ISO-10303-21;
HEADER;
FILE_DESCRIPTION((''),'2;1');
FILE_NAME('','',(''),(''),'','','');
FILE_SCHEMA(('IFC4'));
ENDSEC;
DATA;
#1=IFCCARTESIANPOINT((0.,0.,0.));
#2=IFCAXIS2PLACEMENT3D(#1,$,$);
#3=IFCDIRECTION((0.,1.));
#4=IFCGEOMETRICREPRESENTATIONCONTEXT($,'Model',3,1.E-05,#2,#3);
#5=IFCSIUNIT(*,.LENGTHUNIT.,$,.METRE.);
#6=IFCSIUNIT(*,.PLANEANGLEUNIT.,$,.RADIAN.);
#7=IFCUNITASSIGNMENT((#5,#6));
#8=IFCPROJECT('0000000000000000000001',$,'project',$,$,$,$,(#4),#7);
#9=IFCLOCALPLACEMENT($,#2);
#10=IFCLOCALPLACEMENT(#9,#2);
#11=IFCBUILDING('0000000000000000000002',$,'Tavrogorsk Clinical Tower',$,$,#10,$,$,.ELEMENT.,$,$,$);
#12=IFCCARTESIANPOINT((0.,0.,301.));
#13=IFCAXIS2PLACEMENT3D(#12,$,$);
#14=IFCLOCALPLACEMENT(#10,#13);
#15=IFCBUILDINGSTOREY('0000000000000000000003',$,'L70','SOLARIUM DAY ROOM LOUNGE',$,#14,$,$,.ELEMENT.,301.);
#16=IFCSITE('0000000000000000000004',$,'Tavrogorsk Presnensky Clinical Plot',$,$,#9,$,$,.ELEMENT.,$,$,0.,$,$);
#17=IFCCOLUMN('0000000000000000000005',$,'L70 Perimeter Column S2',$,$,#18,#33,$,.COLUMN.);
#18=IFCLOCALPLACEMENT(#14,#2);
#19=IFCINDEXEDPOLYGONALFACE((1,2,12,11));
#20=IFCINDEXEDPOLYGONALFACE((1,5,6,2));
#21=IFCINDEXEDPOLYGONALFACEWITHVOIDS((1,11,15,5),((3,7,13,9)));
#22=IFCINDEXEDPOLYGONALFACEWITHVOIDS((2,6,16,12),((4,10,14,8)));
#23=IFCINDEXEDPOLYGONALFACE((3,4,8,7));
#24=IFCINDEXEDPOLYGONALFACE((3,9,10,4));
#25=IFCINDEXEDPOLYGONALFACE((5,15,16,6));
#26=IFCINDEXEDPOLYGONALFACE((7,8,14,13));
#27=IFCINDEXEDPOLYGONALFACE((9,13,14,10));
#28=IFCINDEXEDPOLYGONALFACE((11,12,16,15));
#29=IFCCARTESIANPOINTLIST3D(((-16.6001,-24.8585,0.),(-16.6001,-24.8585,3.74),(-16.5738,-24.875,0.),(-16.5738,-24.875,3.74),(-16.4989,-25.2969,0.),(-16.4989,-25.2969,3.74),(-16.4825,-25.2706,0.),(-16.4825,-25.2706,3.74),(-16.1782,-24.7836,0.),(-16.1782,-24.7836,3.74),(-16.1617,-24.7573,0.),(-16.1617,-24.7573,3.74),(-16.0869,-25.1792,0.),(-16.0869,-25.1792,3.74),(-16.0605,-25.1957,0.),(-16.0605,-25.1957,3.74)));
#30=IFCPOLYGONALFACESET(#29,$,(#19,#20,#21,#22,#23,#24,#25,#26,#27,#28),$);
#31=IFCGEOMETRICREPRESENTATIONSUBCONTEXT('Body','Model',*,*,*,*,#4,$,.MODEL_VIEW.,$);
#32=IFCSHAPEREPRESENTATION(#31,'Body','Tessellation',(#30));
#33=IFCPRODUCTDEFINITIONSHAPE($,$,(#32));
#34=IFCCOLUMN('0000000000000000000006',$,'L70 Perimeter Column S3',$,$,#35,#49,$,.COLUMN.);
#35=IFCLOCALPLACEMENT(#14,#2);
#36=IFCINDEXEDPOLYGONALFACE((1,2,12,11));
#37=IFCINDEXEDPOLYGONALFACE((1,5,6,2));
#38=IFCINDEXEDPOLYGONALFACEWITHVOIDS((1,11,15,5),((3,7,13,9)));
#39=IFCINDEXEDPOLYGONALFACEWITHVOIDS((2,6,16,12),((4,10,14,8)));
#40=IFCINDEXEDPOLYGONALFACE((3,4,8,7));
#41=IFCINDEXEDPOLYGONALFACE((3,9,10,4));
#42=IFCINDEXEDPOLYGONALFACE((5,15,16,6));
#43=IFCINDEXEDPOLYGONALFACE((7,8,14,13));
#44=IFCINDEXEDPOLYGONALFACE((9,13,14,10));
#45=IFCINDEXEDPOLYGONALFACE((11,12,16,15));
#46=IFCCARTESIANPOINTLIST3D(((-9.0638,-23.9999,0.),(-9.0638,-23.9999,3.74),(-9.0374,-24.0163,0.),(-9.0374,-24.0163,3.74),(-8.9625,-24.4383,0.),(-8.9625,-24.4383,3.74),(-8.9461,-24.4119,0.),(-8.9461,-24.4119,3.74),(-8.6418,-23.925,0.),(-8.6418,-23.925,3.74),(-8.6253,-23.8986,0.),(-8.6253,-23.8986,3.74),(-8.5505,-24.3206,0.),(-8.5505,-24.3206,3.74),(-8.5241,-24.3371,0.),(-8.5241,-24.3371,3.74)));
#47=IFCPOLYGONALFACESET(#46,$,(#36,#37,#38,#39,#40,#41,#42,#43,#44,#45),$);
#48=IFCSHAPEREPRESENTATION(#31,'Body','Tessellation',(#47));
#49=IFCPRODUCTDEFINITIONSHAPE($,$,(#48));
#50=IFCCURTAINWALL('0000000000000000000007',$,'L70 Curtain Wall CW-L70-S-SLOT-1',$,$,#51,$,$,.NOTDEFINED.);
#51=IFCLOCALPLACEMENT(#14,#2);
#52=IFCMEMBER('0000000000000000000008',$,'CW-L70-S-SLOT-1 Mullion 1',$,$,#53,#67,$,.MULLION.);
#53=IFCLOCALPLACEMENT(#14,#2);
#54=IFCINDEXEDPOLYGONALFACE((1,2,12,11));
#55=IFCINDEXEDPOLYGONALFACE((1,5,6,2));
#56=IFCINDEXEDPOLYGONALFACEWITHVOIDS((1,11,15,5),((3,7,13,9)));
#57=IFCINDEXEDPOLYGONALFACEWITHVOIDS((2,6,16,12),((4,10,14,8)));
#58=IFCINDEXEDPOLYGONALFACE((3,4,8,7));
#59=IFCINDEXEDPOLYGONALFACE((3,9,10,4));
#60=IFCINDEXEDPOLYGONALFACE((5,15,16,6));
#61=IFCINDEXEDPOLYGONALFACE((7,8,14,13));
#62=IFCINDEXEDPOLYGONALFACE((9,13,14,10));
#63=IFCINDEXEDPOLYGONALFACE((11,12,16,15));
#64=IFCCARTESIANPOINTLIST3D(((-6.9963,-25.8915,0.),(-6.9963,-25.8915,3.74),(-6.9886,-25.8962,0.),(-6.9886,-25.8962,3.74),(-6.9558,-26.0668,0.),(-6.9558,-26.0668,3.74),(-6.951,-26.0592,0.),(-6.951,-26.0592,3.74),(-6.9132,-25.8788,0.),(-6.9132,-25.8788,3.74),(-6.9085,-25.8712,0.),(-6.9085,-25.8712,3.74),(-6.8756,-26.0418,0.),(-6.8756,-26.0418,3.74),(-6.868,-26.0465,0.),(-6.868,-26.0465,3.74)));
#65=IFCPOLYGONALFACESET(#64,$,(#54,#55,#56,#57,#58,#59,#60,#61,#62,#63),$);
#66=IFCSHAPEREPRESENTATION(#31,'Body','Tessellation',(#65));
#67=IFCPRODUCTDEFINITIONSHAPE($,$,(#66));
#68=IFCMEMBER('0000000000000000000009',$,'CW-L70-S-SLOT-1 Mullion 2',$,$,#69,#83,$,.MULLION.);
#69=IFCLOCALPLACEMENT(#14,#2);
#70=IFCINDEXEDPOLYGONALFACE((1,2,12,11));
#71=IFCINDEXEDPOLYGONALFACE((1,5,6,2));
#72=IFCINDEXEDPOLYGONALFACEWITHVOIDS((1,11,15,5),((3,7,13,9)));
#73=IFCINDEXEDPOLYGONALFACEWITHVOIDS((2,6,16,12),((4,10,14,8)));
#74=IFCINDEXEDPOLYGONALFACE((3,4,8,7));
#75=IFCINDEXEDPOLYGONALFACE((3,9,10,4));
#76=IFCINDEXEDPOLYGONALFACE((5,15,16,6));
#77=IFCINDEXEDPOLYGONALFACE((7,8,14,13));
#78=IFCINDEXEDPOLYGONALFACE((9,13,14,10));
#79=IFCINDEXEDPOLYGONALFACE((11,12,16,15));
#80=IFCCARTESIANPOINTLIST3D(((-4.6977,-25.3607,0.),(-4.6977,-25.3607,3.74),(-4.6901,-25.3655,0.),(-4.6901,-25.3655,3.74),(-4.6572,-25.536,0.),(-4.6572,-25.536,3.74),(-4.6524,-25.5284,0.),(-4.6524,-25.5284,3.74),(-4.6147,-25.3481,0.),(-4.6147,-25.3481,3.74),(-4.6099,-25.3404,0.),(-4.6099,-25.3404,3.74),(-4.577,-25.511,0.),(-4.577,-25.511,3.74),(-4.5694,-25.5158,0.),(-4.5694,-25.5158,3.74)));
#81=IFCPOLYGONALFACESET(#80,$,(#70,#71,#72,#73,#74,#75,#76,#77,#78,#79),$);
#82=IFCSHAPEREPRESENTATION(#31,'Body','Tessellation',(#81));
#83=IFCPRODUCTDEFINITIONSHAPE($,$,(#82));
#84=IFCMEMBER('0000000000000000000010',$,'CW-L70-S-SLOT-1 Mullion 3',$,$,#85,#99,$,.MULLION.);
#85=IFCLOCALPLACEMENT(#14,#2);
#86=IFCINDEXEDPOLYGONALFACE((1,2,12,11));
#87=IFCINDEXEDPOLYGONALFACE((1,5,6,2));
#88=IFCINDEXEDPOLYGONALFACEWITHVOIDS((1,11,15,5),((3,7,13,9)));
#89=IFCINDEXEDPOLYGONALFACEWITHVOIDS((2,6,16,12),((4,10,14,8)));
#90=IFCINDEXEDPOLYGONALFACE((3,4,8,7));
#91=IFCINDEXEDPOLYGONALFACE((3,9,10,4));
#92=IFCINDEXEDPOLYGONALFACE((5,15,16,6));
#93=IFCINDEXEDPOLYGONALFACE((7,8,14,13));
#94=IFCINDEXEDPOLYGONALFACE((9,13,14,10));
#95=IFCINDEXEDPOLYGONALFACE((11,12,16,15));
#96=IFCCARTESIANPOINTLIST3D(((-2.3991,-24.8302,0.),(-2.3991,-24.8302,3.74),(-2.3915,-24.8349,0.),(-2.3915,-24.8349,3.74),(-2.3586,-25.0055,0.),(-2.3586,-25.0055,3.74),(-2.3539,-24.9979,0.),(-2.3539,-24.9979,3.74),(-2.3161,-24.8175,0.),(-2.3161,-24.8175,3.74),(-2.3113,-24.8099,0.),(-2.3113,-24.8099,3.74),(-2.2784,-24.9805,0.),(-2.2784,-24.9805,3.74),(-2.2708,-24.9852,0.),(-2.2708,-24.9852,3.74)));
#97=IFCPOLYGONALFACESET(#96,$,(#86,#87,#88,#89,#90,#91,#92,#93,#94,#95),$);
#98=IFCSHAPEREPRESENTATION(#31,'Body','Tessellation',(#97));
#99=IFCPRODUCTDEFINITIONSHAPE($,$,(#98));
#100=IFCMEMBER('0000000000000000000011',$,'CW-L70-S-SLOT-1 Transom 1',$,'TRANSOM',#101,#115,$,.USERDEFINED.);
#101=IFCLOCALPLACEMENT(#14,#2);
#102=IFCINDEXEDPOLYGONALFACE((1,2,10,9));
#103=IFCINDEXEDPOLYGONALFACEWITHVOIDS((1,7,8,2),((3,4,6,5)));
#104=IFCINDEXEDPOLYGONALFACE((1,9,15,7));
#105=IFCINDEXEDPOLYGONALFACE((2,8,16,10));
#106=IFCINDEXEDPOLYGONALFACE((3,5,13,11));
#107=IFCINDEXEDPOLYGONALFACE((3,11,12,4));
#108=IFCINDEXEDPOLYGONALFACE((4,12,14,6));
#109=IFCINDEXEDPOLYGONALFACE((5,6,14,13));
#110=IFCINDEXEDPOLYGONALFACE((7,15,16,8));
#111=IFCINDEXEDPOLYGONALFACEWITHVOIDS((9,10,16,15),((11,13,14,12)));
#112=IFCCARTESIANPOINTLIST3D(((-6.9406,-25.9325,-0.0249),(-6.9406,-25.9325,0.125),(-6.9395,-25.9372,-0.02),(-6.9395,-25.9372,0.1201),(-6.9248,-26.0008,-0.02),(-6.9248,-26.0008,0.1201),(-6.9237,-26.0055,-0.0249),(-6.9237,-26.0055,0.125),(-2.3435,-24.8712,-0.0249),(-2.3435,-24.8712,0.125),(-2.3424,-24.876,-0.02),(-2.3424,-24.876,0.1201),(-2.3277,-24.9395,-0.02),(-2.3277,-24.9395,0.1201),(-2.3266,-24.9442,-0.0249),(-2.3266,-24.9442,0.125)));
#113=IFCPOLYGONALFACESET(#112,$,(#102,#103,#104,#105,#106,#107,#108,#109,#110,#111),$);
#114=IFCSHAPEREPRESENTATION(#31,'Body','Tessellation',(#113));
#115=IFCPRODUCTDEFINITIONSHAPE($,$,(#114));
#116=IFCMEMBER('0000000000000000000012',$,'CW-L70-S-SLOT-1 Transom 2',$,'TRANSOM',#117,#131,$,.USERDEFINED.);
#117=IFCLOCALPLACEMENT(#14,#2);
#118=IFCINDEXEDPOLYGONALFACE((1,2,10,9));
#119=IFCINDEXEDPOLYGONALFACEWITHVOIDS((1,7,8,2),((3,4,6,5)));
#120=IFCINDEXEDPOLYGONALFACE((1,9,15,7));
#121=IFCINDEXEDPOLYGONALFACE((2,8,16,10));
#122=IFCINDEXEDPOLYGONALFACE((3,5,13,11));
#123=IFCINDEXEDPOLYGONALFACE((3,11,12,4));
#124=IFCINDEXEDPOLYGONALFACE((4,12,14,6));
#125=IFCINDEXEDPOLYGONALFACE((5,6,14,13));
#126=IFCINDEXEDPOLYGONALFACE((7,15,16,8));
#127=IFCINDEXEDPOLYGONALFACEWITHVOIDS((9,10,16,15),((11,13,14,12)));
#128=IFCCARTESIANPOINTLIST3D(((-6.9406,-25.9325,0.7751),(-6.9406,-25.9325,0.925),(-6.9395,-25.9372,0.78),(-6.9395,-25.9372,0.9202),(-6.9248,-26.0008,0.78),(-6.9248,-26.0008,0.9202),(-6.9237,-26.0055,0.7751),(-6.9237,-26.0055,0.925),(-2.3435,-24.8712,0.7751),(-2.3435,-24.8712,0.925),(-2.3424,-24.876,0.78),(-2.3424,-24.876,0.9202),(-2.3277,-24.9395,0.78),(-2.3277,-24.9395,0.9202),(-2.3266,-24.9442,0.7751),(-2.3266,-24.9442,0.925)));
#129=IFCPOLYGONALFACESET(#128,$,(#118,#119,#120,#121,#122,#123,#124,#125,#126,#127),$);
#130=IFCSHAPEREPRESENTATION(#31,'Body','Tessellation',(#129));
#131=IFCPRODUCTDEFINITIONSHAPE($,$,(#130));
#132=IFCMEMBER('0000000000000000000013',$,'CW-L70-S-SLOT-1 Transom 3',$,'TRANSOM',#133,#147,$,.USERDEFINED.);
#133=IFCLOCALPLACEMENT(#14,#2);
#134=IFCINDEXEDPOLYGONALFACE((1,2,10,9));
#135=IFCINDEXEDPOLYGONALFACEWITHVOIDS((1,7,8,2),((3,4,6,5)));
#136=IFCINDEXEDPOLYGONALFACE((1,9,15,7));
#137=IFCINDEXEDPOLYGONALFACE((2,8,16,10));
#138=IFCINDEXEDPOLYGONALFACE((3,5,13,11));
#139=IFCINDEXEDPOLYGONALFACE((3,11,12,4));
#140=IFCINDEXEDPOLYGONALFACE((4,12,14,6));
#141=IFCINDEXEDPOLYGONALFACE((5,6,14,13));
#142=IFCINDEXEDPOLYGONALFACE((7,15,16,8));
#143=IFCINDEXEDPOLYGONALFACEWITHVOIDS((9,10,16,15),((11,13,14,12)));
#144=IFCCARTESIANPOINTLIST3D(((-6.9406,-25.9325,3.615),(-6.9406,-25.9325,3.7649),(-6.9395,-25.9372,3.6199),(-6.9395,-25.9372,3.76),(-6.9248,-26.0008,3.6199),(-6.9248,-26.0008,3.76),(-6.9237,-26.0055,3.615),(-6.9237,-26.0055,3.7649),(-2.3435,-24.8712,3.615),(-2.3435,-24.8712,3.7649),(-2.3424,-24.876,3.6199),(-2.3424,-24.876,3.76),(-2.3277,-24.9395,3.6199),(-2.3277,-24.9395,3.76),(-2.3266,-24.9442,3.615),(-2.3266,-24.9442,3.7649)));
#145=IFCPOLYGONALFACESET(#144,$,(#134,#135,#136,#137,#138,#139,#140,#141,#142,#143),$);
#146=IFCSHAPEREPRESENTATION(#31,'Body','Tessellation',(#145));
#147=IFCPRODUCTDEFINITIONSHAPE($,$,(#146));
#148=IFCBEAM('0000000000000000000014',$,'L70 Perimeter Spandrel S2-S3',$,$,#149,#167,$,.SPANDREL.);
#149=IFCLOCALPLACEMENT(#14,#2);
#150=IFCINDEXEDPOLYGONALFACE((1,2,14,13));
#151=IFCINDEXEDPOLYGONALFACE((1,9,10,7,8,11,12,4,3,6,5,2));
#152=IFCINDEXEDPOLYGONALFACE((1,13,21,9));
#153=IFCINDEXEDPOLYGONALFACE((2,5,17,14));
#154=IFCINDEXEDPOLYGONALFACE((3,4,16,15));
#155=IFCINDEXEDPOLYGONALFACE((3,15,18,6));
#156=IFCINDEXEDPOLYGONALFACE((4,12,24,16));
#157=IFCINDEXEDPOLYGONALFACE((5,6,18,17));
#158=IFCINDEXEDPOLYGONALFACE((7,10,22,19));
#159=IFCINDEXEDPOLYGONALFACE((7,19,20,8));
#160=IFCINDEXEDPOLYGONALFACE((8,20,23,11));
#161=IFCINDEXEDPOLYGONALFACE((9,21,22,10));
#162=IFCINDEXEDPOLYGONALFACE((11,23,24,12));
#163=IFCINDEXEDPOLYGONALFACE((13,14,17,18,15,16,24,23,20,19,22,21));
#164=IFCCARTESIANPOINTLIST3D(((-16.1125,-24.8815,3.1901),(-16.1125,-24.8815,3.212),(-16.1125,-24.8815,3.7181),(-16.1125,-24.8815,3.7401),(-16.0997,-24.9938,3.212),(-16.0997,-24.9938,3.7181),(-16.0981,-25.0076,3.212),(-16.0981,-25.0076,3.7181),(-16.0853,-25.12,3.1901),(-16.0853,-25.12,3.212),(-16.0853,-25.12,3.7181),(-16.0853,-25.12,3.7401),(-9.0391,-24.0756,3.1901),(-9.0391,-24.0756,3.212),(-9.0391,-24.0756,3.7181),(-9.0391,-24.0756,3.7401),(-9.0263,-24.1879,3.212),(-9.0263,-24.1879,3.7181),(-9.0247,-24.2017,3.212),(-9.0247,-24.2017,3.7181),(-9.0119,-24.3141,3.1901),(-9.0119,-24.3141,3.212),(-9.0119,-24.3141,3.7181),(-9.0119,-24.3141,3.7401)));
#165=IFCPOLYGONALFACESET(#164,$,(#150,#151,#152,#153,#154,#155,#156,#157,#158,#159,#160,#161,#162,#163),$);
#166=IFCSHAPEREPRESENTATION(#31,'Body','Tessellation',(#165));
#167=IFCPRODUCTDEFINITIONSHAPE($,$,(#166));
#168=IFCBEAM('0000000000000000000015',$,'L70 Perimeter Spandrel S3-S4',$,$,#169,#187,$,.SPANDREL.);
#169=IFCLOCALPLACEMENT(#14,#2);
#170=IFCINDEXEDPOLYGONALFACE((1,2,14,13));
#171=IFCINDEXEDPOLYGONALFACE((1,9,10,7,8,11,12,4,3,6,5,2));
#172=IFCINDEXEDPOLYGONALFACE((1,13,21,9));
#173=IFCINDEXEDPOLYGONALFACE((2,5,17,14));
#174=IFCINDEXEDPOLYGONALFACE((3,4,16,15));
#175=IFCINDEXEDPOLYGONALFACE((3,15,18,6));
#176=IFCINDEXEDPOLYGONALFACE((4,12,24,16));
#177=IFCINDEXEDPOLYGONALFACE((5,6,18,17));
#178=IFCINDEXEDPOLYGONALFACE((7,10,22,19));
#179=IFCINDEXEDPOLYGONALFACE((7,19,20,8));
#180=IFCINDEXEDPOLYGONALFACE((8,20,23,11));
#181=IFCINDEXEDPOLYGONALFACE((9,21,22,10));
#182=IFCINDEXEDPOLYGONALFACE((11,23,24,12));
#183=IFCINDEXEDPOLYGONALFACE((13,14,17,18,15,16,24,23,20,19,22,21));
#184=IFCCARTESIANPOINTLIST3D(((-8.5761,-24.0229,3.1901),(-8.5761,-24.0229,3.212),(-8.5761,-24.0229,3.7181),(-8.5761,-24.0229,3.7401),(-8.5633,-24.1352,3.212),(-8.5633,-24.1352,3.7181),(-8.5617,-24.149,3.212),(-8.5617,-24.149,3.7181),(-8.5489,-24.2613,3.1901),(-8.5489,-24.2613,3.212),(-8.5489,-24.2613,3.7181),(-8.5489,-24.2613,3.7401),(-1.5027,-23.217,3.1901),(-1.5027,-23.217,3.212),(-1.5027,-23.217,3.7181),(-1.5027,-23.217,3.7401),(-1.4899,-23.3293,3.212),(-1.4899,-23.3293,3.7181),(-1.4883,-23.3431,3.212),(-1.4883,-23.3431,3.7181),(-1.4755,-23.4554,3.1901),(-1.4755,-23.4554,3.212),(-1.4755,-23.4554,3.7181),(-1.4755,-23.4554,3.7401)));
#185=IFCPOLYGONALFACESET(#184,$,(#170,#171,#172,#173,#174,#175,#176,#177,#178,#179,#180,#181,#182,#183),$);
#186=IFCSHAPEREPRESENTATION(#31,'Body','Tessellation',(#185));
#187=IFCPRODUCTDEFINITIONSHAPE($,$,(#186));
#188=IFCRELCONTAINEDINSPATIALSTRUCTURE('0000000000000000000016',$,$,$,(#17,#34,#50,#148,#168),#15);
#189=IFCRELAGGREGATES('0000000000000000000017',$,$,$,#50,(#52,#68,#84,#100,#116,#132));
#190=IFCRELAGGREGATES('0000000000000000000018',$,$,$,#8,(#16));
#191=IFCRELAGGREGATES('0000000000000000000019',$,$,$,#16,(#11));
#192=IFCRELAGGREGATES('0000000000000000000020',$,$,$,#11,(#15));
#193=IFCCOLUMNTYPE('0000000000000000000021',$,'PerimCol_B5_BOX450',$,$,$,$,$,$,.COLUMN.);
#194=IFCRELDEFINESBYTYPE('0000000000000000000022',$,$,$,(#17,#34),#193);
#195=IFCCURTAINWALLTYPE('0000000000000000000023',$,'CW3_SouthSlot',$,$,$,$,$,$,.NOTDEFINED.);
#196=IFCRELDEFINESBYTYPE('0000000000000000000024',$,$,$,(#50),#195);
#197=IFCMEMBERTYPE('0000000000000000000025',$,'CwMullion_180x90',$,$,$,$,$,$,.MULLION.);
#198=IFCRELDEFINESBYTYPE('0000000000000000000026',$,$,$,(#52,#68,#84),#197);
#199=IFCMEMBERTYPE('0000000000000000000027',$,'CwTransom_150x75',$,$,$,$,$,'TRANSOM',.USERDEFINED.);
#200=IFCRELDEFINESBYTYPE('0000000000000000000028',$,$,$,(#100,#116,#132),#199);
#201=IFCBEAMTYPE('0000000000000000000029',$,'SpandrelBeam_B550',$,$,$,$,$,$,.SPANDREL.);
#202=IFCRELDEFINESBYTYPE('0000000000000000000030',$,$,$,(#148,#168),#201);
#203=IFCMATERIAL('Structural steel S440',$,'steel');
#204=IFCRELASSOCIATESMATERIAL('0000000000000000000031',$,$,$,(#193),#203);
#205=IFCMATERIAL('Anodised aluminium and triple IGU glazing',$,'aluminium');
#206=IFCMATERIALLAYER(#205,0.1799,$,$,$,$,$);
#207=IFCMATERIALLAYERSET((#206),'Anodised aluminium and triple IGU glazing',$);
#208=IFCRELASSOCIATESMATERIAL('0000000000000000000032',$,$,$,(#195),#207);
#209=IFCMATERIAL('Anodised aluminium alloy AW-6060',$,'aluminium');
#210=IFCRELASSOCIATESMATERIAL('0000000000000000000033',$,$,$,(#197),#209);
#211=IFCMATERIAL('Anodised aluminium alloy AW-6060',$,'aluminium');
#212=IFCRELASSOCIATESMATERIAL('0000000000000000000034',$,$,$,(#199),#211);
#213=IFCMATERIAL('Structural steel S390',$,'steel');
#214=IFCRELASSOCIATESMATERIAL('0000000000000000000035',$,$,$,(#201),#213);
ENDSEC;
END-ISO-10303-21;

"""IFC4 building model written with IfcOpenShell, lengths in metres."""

from ifc_helpers import new_model, si_unit, direction, frame, origin, origin_2d, place, context, subcontext, project, spatial, hollow_rectangle, i_section, extrude, material, layer, layer_set, material_profile, profile_set, type_object, element, aggregate, save


model = new_model("IFC4")

# Units and contexts
model_context = context("Model", 3, precision=1e-05, world=origin(), true_north=direction((0.0, 1.0)))
body_context = subcontext(model_context, "Body", "Model", "MODEL_VIEW")
ifc_project = project(units=[si_unit("LENGTHUNIT", "METRE"), si_unit("PLANEANGLEUNIT", "RADIAN")], contexts=[model_context])

# Site, building, storey
site_placement = place(None, origin())
site = spatial("IfcSite", under=ifc_project, at=site_placement, Name="Tavrogorsk Presnensky Clinical Plot", CompositionType="ELEMENT", RefElevation=0.0)
building_placement = place(site_placement, origin())
building = spatial("IfcBuilding", under=site, at=building_placement, Name="Tavrogorsk Clinical Tower", CompositionType="ELEMENT")
storey_placement = place(building_placement, frame((0.0, 0.0, 301.0)))
storey = spatial("IfcBuildingStorey", under=building, at=storey_placement, Name="L70", Description="SOLARIUM DAY ROOM LOUNGE", CompositionType="ELEMENT", Elevation=301.0)

# Columns
ifc_material_1 = material(Name="Structural steel S440", Category="steel")
ifc_material_profile_1 = material_profile(ifc_material_1, hollow_rectangle(XDim=0.45, YDim=0.45, WallThickness=0.022, at=origin_2d()), Name="BOX-450x450x22")
ifc_profile_set_1 = profile_set([ifc_material_profile_1], Name="Structural steel S440")
column_type = type_object("IfcColumnType", Name="PerimCol_B5_BOX450", PredefinedType="COLUMN", material=ifc_profile_set_1)
for number, where, z_axis, x_axis, name in (
    (1, (-16.3303, -25.0271, 0.0), (0.0, 0.0, 1.0), (0.97437, 0.224951, 0.0), "L70 Perimeter Column S2"),
    (2, (-8.7939, -24.1685, 0.0), (0.0, 0.0, 1.0), (0.97437, 0.224951, 0.0), "L70 Perimeter Column S3"),
):
    element("IfcColumn", number, at=place(storey_placement, frame(where, z_axis=z_axis, x_axis=x_axis)), inside=storey, type_object=column_type, Name=name, PredefinedType="COLUMN", context=body_context, shape_type="SweptSolid", body=[
        extrude(hollow_rectangle(XDim=0.45, YDim=0.45, WallThickness=0.022, at=origin_2d()), origin(), (0.0, 0.0, 1.0), 3.74),
    ])

# Curtain wall, members
ifc_material_2 = material(Name="Anodised aluminium and triple IGU glazing", Category="aluminium")
ifc_layer_1 = layer(ifc_material_2, 0.1799)
ifc_layer_set_1 = layer_set([ifc_layer_1], Name="Anodised aluminium and triple IGU glazing")
curtain_wall_type = type_object("IfcCurtainWallType", Name="CW3_SouthSlot", PredefinedType="NOTDEFINED", material=ifc_layer_set_1)
curtain_wall_placement = place(storey_placement, origin())
curtain_wall = element("IfcCurtainWall", 3, at=curtain_wall_placement, inside=storey, type_object=curtain_wall_type, Name="L70 Curtain Wall CW-L70-S-SLOT-1", PredefinedType="NOTDEFINED")
ifc_material_3 = material(Name="Anodised aluminium alloy AW-6060", Category="aluminium")
ifc_material_profile_2 = material_profile(ifc_material_3, hollow_rectangle(XDim=0.0901, YDim=0.1799, WallThickness=0.0063, at=origin_2d()), Name="RHS-180x90x6.3")
ifc_profile_set_2 = profile_set([ifc_material_profile_2], Name="Anodised aluminium alloy AW-6060")
member_type_1 = type_object("IfcMemberType", Name="CwMullion_180x90", PredefinedType="MULLION", material=ifc_profile_set_2)
member_1_placement = place(storey_placement, frame((-6.9321, -25.969, 0.0), z_axis=(0.0, 0.0, 1.0), x_axis=(0.97437, 0.224951, 0.0)))
member_1 = element("IfcMember", 4, at=member_1_placement, type_object=member_type_1, Name="CW-L70-S-SLOT-1 Mullion 1", PredefinedType="MULLION", context=body_context, shape_type="SweptSolid", body=[
    extrude(hollow_rectangle(XDim=0.0901, YDim=0.1799, WallThickness=0.0063, at=origin_2d()), origin(), (0.0, 0.0, 1.0), 3.74),
])
member_2_placement = place(storey_placement, frame((-4.6335, -25.4382, 0.0), z_axis=(0.0, 0.0, 1.0), x_axis=(0.97437, 0.224951, 0.0)))
member_2 = element("IfcMember", 5, at=member_2_placement, type_object=member_type_1, Name="CW-L70-S-SLOT-1 Mullion 2", PredefinedType="MULLION", context=body_context, shape_type="SweptSolid", body=[
    extrude(hollow_rectangle(XDim=0.0901, YDim=0.1799, WallThickness=0.0063, at=origin_2d()), origin(), (0.0, 0.0, 1.0), 3.74),
])
member_3_placement = place(storey_placement, frame((-2.335, -24.9077, 0.0), z_axis=(0.0, 0.0, 1.0), x_axis=(0.97437, 0.224951, 0.0)))
member_3 = element("IfcMember", 6, at=member_3_placement, type_object=member_type_1, Name="CW-L70-S-SLOT-1 Mullion 3", PredefinedType="MULLION", context=body_context, shape_type="SweptSolid", body=[
    extrude(hollow_rectangle(XDim=0.0901, YDim=0.1799, WallThickness=0.0063, at=origin_2d()), origin(), (0.0, 0.0, 1.0), 3.74),
])
ifc_material_4 = material(Name="Anodised aluminium alloy AW-6060", Category="aluminium")
ifc_material_profile_3 = material_profile(ifc_material_4, hollow_rectangle(XDim=0.075, YDim=0.1499, WallThickness=0.0049, at=origin_2d()), Name="RHS-150x75x5")
ifc_profile_set_3 = profile_set([ifc_material_profile_3], Name="Anodised aluminium alloy AW-6060")
member_type_2 = type_object("IfcMemberType", Name="CwTransom_150x75", ElementType="TRANSOM", PredefinedType="USERDEFINED", material=ifc_profile_set_3)
member_4_placement = place(storey_placement, frame((-6.9321, -25.969, 0.05), z_axis=(0.974373, 0.224939, 0.0), x_axis=(-0.224939, 0.974373, 0.0)))
member_4 = element("IfcMember", 7, at=member_4_placement, type_object=member_type_2, Name="CW-L70-S-SLOT-1 Transom 1", ObjectType="TRANSOM", PredefinedType="USERDEFINED", context=body_context, shape_type="SweptSolid", body=[
    extrude(hollow_rectangle(XDim=0.075, YDim=0.1499, WallThickness=0.0049, at=origin_2d()), origin(), (0.0, 0.0, 1.0), 4.718),
])
member_5_placement = place(storey_placement, frame((-6.9321, -25.969, 0.8501), z_axis=(0.974373, 0.224939, 0.0), x_axis=(-0.224939, 0.974373, 0.0)))
member_5 = element("IfcMember", 8, at=member_5_placement, type_object=member_type_2, Name="CW-L70-S-SLOT-1 Transom 2", ObjectType="TRANSOM", PredefinedType="USERDEFINED", context=body_context, shape_type="SweptSolid", body=[
    extrude(hollow_rectangle(XDim=0.075, YDim=0.1499, WallThickness=0.0049, at=origin_2d()), origin(), (0.0, 0.0, 1.0), 4.718),
])
member_6_placement = place(storey_placement, frame((-6.9321, -25.969, 3.6899), z_axis=(0.974373, 0.224939, 0.0), x_axis=(-0.224939, 0.974373, 0.0)))
member_6 = element("IfcMember", 9, at=member_6_placement, type_object=member_type_2, Name="CW-L70-S-SLOT-1 Transom 3", ObjectType="TRANSOM", PredefinedType="USERDEFINED", context=body_context, shape_type="SweptSolid", body=[
    extrude(hollow_rectangle(XDim=0.075, YDim=0.1499, WallThickness=0.0049, at=origin_2d()), origin(), (0.0, 0.0, 1.0), 4.718),
])

# Beams
ifc_material_5 = material(Name="Structural steel S390", Category="steel")
ifc_material_profile_4 = material_profile(ifc_material_5, i_section(OverallWidth=0.24, OverallDepth=0.55, WebThickness=0.0139, FlangeThickness=0.022, at=origin_2d()), Name="B-550x240x14x22")
ifc_profile_set_4 = profile_set([ifc_material_profile_4], Name="Structural steel S390")
beam_type = type_object("IfcBeamType", Name="SpandrelBeam_B550", PredefinedType="SPANDREL", material=ifc_profile_set_4)
for number, where, z_axis, x_axis, name in (
    (10, (-16.0989, -25.0007, 3.4651), (0.993572, 0.113201, 0.0), (-0.113201, 0.993572, 0.0), "L70 Perimeter Spandrel S2-S3"),
    (11, (-8.5625, -24.1421, 3.4651), (0.993572, 0.113201, 0.0), (-0.113201, 0.993572, 0.0), "L70 Perimeter Spandrel S3-S4"),
):
    element("IfcBeam", number, at=place(storey_placement, frame(where, z_axis=z_axis, x_axis=x_axis)), inside=storey, type_object=beam_type, Name=name, PredefinedType="SPANDREL", context=body_context, shape_type="SweptSolid", body=[
        extrude(i_section(OverallWidth=0.24, OverallDepth=0.55, WebThickness=0.0139, FlangeThickness=0.022, at=origin_2d()), origin(), (0.0, 0.0, 1.0), 7.1191),
    ])

aggregate(curtain_wall, [member_1, member_2, member_3, member_4, member_5, member_6])

save(model, "model.ifc")
